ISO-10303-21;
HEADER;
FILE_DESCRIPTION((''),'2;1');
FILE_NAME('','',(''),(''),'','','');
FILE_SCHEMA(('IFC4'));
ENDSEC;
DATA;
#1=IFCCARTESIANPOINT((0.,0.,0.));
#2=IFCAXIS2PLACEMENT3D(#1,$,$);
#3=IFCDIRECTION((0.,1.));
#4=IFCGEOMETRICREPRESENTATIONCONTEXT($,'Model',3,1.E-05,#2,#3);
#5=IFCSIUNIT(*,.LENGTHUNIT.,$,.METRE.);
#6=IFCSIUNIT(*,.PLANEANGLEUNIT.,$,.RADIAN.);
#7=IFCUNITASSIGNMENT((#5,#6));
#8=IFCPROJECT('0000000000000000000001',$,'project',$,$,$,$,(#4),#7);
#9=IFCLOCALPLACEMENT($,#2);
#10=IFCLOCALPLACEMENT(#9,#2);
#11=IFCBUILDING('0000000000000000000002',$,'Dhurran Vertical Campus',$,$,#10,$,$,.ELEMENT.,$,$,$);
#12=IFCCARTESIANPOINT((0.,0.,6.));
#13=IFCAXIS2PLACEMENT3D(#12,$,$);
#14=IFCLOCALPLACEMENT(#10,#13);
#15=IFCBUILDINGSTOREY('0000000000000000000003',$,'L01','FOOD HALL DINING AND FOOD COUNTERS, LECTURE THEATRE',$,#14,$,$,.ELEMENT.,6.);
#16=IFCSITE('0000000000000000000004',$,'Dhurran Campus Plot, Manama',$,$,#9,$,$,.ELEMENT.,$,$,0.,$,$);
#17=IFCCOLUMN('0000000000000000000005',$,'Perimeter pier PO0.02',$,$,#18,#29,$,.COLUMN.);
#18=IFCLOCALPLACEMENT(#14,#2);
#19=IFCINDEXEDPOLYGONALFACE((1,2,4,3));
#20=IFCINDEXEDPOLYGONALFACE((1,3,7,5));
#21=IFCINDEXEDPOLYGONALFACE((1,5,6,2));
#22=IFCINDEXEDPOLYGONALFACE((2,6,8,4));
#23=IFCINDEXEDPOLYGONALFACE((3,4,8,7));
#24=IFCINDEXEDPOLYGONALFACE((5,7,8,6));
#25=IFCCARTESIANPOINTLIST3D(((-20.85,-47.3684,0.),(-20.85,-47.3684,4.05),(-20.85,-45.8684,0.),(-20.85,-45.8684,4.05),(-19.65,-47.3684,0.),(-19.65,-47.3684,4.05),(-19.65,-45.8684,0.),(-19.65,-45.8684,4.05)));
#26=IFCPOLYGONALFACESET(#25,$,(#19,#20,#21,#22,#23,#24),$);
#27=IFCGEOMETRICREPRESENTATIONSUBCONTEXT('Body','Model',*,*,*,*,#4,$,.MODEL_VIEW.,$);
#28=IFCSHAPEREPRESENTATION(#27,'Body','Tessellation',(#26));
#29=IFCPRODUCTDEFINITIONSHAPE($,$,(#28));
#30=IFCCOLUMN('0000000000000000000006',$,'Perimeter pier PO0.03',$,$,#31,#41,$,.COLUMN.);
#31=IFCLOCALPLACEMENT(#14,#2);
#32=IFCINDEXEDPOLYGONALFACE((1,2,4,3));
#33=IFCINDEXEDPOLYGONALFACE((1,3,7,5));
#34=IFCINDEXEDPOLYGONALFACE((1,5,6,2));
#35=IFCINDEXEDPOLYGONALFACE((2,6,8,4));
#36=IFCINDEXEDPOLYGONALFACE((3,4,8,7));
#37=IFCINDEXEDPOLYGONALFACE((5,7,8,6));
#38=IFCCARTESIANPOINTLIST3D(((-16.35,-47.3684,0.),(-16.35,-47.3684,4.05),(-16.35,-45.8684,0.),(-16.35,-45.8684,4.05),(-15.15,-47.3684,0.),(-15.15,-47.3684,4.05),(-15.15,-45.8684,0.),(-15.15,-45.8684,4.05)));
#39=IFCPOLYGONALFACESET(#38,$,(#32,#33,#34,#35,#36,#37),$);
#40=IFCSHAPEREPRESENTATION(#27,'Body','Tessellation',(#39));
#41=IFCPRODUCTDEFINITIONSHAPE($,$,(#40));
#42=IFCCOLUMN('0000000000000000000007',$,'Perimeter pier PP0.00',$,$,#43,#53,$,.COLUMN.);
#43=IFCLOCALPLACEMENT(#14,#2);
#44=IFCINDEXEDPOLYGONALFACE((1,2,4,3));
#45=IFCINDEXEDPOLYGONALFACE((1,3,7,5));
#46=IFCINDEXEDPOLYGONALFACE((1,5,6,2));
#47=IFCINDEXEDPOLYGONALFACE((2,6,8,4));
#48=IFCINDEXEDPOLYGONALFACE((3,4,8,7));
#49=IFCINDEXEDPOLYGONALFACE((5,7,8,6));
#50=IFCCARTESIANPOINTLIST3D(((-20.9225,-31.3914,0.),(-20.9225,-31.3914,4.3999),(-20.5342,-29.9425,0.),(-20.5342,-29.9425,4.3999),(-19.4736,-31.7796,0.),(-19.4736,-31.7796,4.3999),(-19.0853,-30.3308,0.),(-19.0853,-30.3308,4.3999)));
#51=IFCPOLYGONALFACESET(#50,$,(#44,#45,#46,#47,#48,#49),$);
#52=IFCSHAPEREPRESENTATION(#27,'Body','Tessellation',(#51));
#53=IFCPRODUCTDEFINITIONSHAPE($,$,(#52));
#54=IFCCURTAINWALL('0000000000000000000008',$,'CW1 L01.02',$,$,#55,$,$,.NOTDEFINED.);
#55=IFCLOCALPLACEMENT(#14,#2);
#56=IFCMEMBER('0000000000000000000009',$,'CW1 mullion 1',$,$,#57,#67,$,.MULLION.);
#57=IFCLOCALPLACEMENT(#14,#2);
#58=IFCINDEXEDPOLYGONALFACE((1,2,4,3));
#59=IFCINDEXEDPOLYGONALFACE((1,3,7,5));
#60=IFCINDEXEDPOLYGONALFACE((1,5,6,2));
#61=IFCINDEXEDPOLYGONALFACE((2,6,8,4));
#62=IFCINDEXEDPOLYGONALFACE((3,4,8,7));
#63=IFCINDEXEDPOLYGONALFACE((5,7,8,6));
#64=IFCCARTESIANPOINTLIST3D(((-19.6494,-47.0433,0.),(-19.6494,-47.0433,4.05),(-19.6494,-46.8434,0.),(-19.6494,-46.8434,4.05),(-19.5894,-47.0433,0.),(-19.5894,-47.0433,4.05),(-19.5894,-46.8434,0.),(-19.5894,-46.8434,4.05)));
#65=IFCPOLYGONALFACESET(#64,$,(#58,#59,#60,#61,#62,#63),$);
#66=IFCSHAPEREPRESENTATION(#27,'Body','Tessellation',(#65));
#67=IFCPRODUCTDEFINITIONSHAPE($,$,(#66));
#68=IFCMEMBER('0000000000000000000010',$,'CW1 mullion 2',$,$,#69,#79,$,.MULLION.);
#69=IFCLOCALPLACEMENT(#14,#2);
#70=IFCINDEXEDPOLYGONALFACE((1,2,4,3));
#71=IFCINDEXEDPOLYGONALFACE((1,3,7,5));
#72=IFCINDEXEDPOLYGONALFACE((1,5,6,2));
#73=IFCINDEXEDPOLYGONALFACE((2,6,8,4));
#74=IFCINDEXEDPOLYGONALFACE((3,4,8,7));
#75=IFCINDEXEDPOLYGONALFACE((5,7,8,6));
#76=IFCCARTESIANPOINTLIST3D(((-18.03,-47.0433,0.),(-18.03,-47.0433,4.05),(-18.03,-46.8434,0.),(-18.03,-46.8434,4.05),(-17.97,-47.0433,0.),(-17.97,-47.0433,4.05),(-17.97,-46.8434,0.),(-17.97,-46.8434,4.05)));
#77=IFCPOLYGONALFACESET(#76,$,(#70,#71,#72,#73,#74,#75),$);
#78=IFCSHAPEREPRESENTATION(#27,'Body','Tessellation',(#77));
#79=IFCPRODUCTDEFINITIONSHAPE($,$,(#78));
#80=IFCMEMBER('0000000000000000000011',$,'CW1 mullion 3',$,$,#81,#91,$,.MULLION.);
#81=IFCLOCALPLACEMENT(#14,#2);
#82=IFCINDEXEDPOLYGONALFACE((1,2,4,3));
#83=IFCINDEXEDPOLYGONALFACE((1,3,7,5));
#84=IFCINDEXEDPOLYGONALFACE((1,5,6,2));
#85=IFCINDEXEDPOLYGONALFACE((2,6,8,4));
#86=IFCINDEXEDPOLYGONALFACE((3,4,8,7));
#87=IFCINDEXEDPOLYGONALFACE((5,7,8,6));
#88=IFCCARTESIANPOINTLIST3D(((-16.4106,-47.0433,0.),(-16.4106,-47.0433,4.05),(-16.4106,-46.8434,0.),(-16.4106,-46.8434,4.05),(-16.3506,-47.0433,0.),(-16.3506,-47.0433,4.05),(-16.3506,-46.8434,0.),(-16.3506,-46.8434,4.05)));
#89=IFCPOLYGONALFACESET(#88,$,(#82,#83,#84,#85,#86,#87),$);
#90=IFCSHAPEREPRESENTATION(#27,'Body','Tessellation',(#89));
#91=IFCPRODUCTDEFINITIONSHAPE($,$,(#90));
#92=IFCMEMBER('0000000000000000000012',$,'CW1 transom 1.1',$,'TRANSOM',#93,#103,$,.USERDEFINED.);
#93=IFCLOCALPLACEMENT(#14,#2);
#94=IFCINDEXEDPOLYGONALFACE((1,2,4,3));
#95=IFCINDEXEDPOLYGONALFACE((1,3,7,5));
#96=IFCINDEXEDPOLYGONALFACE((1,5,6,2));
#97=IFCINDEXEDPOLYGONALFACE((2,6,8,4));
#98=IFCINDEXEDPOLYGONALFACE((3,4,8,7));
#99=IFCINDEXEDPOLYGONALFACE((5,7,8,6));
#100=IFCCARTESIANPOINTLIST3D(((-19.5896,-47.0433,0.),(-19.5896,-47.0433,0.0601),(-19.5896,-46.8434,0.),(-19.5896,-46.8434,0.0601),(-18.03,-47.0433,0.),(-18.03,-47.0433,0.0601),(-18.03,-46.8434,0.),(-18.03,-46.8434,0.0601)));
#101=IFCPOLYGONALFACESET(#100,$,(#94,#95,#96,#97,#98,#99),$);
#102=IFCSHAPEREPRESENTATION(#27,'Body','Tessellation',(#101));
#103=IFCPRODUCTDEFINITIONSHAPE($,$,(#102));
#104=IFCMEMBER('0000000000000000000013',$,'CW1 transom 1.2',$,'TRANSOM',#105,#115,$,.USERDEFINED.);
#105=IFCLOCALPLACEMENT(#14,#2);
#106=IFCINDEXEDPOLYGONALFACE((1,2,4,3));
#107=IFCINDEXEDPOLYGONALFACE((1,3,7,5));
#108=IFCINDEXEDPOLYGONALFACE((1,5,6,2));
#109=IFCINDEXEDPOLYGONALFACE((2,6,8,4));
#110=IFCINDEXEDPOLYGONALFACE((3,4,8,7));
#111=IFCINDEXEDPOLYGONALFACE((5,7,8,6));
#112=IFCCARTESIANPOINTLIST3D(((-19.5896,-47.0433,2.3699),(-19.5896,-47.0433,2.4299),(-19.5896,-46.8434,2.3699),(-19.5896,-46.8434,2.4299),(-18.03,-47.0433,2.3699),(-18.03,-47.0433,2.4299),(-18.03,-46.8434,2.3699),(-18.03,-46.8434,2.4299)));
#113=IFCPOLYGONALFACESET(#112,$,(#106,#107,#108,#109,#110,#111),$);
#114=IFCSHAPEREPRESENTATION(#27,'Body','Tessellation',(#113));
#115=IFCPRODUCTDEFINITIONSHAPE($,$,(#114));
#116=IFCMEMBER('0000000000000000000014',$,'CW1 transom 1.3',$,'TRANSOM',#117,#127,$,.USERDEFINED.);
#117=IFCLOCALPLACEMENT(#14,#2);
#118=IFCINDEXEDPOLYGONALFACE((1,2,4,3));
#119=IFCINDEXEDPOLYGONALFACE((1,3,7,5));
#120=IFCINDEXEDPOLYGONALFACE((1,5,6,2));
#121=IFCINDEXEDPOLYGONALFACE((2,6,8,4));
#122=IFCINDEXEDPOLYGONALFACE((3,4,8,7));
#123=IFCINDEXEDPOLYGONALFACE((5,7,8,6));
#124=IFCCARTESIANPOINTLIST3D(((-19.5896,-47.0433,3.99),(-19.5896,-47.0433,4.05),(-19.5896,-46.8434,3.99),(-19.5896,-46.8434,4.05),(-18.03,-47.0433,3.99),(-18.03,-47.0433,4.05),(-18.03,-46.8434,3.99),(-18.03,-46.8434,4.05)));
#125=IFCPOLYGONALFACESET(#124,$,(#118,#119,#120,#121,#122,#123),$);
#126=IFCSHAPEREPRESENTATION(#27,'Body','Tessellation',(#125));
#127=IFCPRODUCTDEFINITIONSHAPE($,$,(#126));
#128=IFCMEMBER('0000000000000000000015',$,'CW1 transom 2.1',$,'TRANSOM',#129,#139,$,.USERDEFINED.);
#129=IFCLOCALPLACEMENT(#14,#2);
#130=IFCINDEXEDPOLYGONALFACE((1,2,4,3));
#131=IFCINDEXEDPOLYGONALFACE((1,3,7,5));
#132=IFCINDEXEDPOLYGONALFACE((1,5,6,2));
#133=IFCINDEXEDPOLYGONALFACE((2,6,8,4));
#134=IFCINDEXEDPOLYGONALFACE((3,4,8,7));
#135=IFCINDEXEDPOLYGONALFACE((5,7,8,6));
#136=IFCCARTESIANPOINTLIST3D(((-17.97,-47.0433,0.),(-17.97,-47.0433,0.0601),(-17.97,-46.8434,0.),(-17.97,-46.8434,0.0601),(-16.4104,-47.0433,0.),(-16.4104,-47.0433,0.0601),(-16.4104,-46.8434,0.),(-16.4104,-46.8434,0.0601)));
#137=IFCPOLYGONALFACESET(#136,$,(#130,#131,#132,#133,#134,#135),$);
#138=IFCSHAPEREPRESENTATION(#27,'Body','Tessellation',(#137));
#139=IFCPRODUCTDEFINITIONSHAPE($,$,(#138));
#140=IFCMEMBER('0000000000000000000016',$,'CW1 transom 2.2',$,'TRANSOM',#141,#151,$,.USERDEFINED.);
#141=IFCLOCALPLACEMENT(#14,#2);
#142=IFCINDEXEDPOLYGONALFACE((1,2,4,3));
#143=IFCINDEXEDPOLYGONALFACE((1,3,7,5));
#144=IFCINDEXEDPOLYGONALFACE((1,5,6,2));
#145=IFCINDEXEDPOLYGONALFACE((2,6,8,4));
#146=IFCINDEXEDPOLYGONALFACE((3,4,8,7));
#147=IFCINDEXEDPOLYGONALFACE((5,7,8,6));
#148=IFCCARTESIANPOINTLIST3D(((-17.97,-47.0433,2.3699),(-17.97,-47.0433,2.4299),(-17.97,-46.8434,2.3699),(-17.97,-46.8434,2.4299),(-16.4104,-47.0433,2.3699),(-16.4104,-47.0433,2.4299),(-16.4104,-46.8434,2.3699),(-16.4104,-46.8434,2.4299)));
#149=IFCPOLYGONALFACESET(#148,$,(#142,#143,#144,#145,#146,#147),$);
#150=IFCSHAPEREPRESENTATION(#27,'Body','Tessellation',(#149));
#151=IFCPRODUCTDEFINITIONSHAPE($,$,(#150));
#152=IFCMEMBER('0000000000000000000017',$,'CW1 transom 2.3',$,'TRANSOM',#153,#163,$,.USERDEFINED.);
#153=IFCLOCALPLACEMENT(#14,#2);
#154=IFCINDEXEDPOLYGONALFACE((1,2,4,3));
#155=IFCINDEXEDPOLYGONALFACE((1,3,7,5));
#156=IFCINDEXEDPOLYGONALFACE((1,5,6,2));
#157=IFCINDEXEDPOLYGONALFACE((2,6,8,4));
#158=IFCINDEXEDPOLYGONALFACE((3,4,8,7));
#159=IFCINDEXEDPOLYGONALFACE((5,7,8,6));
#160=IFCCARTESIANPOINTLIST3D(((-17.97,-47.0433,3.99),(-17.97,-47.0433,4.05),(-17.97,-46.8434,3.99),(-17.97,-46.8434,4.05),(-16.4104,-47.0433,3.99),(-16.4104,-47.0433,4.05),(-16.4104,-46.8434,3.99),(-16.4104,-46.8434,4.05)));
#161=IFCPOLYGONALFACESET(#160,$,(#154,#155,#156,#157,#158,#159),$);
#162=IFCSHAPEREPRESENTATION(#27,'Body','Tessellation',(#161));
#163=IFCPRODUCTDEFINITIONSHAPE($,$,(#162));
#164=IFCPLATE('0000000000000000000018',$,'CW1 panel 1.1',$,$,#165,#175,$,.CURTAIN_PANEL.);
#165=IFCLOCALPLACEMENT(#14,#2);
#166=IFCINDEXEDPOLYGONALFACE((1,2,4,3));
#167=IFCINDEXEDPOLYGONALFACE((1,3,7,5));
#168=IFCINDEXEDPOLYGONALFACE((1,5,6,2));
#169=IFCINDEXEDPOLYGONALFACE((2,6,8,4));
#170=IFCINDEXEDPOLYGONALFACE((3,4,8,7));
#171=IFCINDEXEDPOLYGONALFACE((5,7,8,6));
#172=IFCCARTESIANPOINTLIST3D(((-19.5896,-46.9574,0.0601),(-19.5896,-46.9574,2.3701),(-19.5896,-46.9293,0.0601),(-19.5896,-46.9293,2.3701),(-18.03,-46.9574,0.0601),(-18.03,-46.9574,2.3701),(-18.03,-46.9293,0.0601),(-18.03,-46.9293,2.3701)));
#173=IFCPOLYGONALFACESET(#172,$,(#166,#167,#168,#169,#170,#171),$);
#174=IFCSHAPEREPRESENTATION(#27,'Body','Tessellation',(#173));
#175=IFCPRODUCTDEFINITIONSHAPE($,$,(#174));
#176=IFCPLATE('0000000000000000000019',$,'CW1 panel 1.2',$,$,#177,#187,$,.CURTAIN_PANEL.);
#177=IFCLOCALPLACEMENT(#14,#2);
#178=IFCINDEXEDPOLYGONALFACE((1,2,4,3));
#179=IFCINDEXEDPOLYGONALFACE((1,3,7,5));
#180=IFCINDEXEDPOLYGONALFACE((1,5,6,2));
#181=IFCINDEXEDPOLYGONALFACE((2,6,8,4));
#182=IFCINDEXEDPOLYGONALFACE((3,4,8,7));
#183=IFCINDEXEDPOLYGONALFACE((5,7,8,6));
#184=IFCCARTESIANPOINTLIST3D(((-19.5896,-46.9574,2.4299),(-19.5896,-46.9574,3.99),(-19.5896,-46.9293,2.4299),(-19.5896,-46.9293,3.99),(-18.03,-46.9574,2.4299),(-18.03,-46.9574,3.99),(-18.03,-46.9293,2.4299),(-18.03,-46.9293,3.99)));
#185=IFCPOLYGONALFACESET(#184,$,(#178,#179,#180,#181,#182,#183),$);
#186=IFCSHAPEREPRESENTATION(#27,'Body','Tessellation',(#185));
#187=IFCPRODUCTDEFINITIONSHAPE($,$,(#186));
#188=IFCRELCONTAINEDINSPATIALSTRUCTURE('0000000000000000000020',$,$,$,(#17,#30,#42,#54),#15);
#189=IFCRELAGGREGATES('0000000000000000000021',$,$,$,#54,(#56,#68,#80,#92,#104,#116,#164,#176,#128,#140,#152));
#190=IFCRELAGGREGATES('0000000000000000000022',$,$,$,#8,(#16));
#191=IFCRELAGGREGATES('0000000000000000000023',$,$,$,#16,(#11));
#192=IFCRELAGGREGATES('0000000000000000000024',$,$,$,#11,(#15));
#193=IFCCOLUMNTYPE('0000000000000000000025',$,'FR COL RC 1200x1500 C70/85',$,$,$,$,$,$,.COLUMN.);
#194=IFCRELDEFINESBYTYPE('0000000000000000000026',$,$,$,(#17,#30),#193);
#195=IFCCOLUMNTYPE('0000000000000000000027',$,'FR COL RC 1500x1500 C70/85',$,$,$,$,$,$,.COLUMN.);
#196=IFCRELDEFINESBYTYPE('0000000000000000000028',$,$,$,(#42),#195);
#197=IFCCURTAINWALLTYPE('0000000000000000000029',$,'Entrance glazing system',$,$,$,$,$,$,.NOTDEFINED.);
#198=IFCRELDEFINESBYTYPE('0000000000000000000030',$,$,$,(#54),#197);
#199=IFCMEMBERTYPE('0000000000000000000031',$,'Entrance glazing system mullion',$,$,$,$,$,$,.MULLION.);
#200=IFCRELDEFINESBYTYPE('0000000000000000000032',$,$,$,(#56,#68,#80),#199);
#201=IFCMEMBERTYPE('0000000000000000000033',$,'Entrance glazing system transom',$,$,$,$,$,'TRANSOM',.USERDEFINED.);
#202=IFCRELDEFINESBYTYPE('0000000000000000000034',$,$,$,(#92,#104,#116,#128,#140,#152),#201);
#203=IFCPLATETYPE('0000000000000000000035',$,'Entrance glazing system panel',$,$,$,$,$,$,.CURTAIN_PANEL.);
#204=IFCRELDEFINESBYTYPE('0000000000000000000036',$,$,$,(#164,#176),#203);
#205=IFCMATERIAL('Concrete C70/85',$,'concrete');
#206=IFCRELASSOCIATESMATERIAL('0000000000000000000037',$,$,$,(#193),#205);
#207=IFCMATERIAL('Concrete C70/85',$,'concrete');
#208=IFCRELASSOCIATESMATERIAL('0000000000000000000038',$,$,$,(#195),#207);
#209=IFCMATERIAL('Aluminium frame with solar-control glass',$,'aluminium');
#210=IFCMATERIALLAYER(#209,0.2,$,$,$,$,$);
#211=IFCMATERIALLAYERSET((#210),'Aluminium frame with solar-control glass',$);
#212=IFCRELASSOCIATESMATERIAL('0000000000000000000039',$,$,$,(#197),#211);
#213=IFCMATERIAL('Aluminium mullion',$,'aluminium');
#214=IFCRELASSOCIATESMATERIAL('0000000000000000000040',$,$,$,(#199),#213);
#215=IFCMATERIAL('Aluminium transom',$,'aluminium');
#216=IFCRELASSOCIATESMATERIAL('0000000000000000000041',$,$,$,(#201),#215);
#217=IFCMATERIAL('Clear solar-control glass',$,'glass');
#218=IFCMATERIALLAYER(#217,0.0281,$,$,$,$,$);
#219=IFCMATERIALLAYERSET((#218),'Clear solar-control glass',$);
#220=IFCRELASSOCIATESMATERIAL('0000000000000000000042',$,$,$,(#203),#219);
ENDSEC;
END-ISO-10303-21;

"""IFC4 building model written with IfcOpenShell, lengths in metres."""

from ifc_helpers import new_model, si_unit, direction, frame, origin, origin_2d, place, context, subcontext, project, spatial, rectangle, extrude, material, layer, layer_set, material_profile, profile_set, type_object, element, aggregate, save


model = new_model("IFC4")

# Units and contexts
model_context = context("Model", 3, precision=1e-05, world=origin(), true_north=direction((0.0, 1.0)))
body_context = subcontext(model_context, "Body", "Model", "MODEL_VIEW")
ifc_project = project(units=[si_unit("LENGTHUNIT", "METRE"), si_unit("PLANEANGLEUNIT", "RADIAN")], contexts=[model_context])

# Site, building, storey
site_placement = place(None, origin())
site = spatial("IfcSite", under=ifc_project, at=site_placement, Name="Dhurran Campus Plot, Manama", CompositionType="ELEMENT", RefElevation=0.0)
building_placement = place(site_placement, origin())
building = spatial("IfcBuilding", under=site, at=building_placement, Name="Dhurran Vertical Campus", CompositionType="ELEMENT")
storey_placement = place(building_placement, frame((0.0, 0.0, 6.0)))
storey = spatial("IfcBuildingStorey", under=building, at=storey_placement, Name="L01", Description="FOOD HALL DINING AND FOOD COUNTERS, LECTURE THEATRE", CompositionType="ELEMENT", Elevation=6.0)

# Columns
ifc_material_1 = material(Name="Concrete C70/85", Category="concrete")
ifc_material_profile_1 = material_profile(ifc_material_1, rectangle(XDim=1.2, YDim=1.5, at=origin_2d()), Name="RC 1200x1500")
ifc_profile_set_1 = profile_set([ifc_material_profile_1], Name="Concrete C70/85")
column_type_1 = type_object("IfcColumnType", Name="FR COL RC 1200x1500 C70/85", PredefinedType="COLUMN", material=ifc_profile_set_1)
for number, where, z_axis, x_axis, name in (
    (1, (-20.25, -46.6184, 0.0), (0.0, 0.0, 1.0), (1.0, 0.0, 0.0), "Perimeter pier PO0.02"),
    (2, (-15.75, -46.6184, 0.0), (0.0, 0.0, 1.0), (1.0, 0.0, 0.0), "Perimeter pier PO0.03"),
):
    element("IfcColumn", number, at=place(storey_placement, frame(where, z_axis=z_axis, x_axis=x_axis)), inside=storey, type_object=column_type_1, Name=name, PredefinedType="COLUMN", context=body_context, shape_type="SweptSolid", body=[
        extrude(rectangle(XDim=1.2, YDim=1.5, at=origin_2d()), origin(), (0.0, 0.0, 1.0), 4.05),
    ])
ifc_material_2 = material(Name="Concrete C70/85", Category="concrete")
ifc_material_profile_2 = material_profile(ifc_material_2, rectangle(XDim=1.5, YDim=1.5, at=origin_2d()), Name="RC 1500x1500")
ifc_profile_set_2 = profile_set([ifc_material_profile_2], Name="Concrete C70/85")
column_type_2 = type_object("IfcColumnType", Name="FR COL RC 1500x1500 C70/85", PredefinedType="COLUMN", material=ifc_profile_set_2)
column_placement = place(storey_placement, frame((-20.0039, -30.8611, 0.0), z_axis=(0.0, 0.0, 1.0), x_axis=(0.965926, -0.258819, 0.0)))
element("IfcColumn", 3, at=column_placement, inside=storey, type_object=column_type_2, Name="Perimeter pier PP0.00", PredefinedType="COLUMN", context=body_context, shape_type="SweptSolid", body=[
    extrude(rectangle(XDim=1.5, YDim=1.5, at=origin_2d()), origin(), (0.0, 0.0, 1.0), 4.3999),
])

# Curtain wall, members, plates
ifc_material_3 = material(Name="Aluminium frame with solar-control glass", Category="aluminium")
ifc_layer_1 = layer(ifc_material_3, 0.2)
ifc_layer_set_1 = layer_set([ifc_layer_1], Name="Aluminium frame with solar-control glass")
curtain_wall_type = type_object("IfcCurtainWallType", Name="Entrance glazing system", PredefinedType="NOTDEFINED", material=ifc_layer_set_1)
curtain_wall_placement = place(storey_placement, origin())
curtain_wall = element("IfcCurtainWall", 4, at=curtain_wall_placement, inside=storey, type_object=curtain_wall_type, Name="CW1 L01.02", PredefinedType="NOTDEFINED")
ifc_material_4 = material(Name="Aluminium mullion", Category="aluminium")
ifc_material_profile_3 = material_profile(ifc_material_4, rectangle(XDim=0.2, YDim=0.0601, at=origin_2d()), Name="Entrance glazing system mullion")
ifc_profile_set_3 = profile_set([ifc_material_profile_3], Name="Aluminium mullion")
member_type_1 = type_object("IfcMemberType", Name="Entrance glazing system mullion", PredefinedType="MULLION", material=ifc_profile_set_3)
member_1_placement = place(storey_placement, frame((-19.6194, -46.9434, 0.0), z_axis=(0.0, 0.0, 1.0), x_axis=(0.0, 1.0, 0.0)))
member_1 = element("IfcMember", 5, at=member_1_placement, type_object=member_type_1, Name="CW1 mullion 1", PredefinedType="MULLION", context=body_context, shape_type="SweptSolid", body=[
    extrude(rectangle(XDim=0.2, YDim=0.0601, at=origin_2d()), origin(), (0.0, 0.0, 1.0), 4.05),
])
member_2_placement = place(storey_placement, frame((-18.0, -46.9434, 0.0), z_axis=(0.0, 0.0, 1.0), x_axis=(0.0, 1.0, 0.0)))
member_2 = element("IfcMember", 6, at=member_2_placement, type_object=member_type_1, Name="CW1 mullion 2", PredefinedType="MULLION", context=body_context, shape_type="SweptSolid", body=[
    extrude(rectangle(XDim=0.2, YDim=0.0601, at=origin_2d()), origin(), (0.0, 0.0, 1.0), 4.05),
])
member_3_placement = place(storey_placement, frame((-16.3806, -46.9434, 0.0), z_axis=(0.0, 0.0, 1.0), x_axis=(0.0, 1.0, 0.0)))
member_3 = element("IfcMember", 7, at=member_3_placement, type_object=member_type_1, Name="CW1 mullion 3", PredefinedType="MULLION", context=body_context, shape_type="SweptSolid", body=[
    extrude(rectangle(XDim=0.2, YDim=0.0601, at=origin_2d()), origin(), (0.0, 0.0, 1.0), 4.05),
])
ifc_material_5 = material(Name="Aluminium transom", Category="aluminium")
ifc_material_profile_4 = material_profile(ifc_material_5, rectangle(XDim=0.2, YDim=0.0601, at=origin_2d()), Name="Entrance glazing system transom")
ifc_profile_set_4 = profile_set([ifc_material_profile_4], Name="Aluminium transom")
member_type_2 = type_object("IfcMemberType", Name="Entrance glazing system transom", ElementType="TRANSOM", PredefinedType="USERDEFINED", material=ifc_profile_set_4)
member_4_placement = place(storey_placement, frame((-19.5896, -46.9434, 0.03), z_axis=(1.0, 0.0, 0.0), x_axis=(0.0, 1.0, 0.0)))
member_4 = element("IfcMember", 8, at=member_4_placement, type_object=member_type_2, Name="CW1 transom 1.1", ObjectType="TRANSOM", PredefinedType="USERDEFINED", context=body_context, shape_type="SweptSolid", body=[
    extrude(rectangle(XDim=0.2, YDim=0.0601, at=origin_2d()), origin(), (0.0, 0.0, 1.0), 1.5596),
])
member_5_placement = place(storey_placement, frame((-19.5896, -46.9434, 2.3999), z_axis=(1.0, 0.0, 0.0), x_axis=(0.0, 1.0, 0.0)))
member_5 = element("IfcMember", 9, at=member_5_placement, type_object=member_type_2, Name="CW1 transom 1.2", ObjectType="TRANSOM", PredefinedType="USERDEFINED", context=body_context, shape_type="SweptSolid", body=[
    extrude(rectangle(XDim=0.2, YDim=0.0601, at=origin_2d()), origin(), (0.0, 0.0, 1.0), 1.5596),
])
member_6_placement = place(storey_placement, frame((-19.5896, -46.9434, 4.02), z_axis=(1.0, 0.0, 0.0), x_axis=(0.0, 1.0, 0.0)))
member_6 = element("IfcMember", 10, at=member_6_placement, type_object=member_type_2, Name="CW1 transom 1.3", ObjectType="TRANSOM", PredefinedType="USERDEFINED", context=body_context, shape_type="SweptSolid", body=[
    extrude(rectangle(XDim=0.2, YDim=0.0601, at=origin_2d()), origin(), (0.0, 0.0, 1.0), 1.5596),
])
member_7_placement = place(storey_placement, frame((-17.97, -46.9434, 0.03), z_axis=(1.0, 0.0, 0.0), x_axis=(0.0, 1.0, 0.0)))
member_7 = element("IfcMember", 11, at=member_7_placement, type_object=member_type_2, Name="CW1 transom 2.1", ObjectType="TRANSOM", PredefinedType="USERDEFINED", context=body_context, shape_type="SweptSolid", body=[
    extrude(rectangle(XDim=0.2, YDim=0.0601, at=origin_2d()), origin(), (0.0, 0.0, 1.0), 1.5596),
])
member_8_placement = place(storey_placement, frame((-17.97, -46.9434, 2.3999), z_axis=(1.0, 0.0, 0.0), x_axis=(0.0, 1.0, 0.0)))
member_8 = element("IfcMember", 12, at=member_8_placement, type_object=member_type_2, Name="CW1 transom 2.2", ObjectType="TRANSOM", PredefinedType="USERDEFINED", context=body_context, shape_type="SweptSolid", body=[
    extrude(rectangle(XDim=0.2, YDim=0.0601, at=origin_2d()), origin(), (0.0, 0.0, 1.0), 1.5596),
])
member_9_placement = place(storey_placement, frame((-17.97, -46.9434, 4.02), z_axis=(1.0, 0.0, 0.0), x_axis=(0.0, 1.0, 0.0)))
member_9 = element("IfcMember", 13, at=member_9_placement, type_object=member_type_2, Name="CW1 transom 2.3", ObjectType="TRANSOM", PredefinedType="USERDEFINED", context=body_context, shape_type="SweptSolid", body=[
    extrude(rectangle(XDim=0.2, YDim=0.0601, at=origin_2d()), origin(), (0.0, 0.0, 1.0), 1.5596),
])
ifc_material_6 = material(Name="Clear solar-control glass", Category="glass")
ifc_layer_2 = layer(ifc_material_6, 0.0281)
ifc_layer_set_2 = layer_set([ifc_layer_2], Name="Clear solar-control glass")
plate_type = type_object("IfcPlateType", Name="Entrance glazing system panel", PredefinedType="CURTAIN_PANEL", material=ifc_layer_set_2)
plate_1_placement = place(storey_placement, frame((-18.8098, -46.9434, 0.0601), z_axis=(0.0, 0.0, 1.0), x_axis=(1.0, 0.0, 0.0)))
plate_1 = element("IfcPlate", 14, at=plate_1_placement, type_object=plate_type, Name="CW1 panel 1.1", PredefinedType="CURTAIN_PANEL", context=body_context, shape_type="SweptSolid", body=[
    extrude(rectangle(XDim=1.5596, YDim=0.0281, at=origin_2d()), origin(), (0.0, 0.0, 1.0), 2.3101),
])
plate_2_placement = place(storey_placement, frame((-18.8098, -46.9434, 2.4299), z_axis=(0.0, 0.0, 1.0), x_axis=(1.0, 0.0, 0.0)))
plate_2 = element("IfcPlate", 15, at=plate_2_placement, type_object=plate_type, Name="CW1 panel 1.2", PredefinedType="CURTAIN_PANEL", context=body_context, shape_type="SweptSolid", body=[
    extrude(rectangle(XDim=1.5596, YDim=0.0281, at=origin_2d()), origin(), (0.0, 0.0, 1.0), 1.5601),
])
aggregate(curtain_wall, [member_1, member_2, member_3, member_4, member_5, member_6, plate_1, plate_2, member_7, member_8, member_9])

save(model, "model.ifc")
